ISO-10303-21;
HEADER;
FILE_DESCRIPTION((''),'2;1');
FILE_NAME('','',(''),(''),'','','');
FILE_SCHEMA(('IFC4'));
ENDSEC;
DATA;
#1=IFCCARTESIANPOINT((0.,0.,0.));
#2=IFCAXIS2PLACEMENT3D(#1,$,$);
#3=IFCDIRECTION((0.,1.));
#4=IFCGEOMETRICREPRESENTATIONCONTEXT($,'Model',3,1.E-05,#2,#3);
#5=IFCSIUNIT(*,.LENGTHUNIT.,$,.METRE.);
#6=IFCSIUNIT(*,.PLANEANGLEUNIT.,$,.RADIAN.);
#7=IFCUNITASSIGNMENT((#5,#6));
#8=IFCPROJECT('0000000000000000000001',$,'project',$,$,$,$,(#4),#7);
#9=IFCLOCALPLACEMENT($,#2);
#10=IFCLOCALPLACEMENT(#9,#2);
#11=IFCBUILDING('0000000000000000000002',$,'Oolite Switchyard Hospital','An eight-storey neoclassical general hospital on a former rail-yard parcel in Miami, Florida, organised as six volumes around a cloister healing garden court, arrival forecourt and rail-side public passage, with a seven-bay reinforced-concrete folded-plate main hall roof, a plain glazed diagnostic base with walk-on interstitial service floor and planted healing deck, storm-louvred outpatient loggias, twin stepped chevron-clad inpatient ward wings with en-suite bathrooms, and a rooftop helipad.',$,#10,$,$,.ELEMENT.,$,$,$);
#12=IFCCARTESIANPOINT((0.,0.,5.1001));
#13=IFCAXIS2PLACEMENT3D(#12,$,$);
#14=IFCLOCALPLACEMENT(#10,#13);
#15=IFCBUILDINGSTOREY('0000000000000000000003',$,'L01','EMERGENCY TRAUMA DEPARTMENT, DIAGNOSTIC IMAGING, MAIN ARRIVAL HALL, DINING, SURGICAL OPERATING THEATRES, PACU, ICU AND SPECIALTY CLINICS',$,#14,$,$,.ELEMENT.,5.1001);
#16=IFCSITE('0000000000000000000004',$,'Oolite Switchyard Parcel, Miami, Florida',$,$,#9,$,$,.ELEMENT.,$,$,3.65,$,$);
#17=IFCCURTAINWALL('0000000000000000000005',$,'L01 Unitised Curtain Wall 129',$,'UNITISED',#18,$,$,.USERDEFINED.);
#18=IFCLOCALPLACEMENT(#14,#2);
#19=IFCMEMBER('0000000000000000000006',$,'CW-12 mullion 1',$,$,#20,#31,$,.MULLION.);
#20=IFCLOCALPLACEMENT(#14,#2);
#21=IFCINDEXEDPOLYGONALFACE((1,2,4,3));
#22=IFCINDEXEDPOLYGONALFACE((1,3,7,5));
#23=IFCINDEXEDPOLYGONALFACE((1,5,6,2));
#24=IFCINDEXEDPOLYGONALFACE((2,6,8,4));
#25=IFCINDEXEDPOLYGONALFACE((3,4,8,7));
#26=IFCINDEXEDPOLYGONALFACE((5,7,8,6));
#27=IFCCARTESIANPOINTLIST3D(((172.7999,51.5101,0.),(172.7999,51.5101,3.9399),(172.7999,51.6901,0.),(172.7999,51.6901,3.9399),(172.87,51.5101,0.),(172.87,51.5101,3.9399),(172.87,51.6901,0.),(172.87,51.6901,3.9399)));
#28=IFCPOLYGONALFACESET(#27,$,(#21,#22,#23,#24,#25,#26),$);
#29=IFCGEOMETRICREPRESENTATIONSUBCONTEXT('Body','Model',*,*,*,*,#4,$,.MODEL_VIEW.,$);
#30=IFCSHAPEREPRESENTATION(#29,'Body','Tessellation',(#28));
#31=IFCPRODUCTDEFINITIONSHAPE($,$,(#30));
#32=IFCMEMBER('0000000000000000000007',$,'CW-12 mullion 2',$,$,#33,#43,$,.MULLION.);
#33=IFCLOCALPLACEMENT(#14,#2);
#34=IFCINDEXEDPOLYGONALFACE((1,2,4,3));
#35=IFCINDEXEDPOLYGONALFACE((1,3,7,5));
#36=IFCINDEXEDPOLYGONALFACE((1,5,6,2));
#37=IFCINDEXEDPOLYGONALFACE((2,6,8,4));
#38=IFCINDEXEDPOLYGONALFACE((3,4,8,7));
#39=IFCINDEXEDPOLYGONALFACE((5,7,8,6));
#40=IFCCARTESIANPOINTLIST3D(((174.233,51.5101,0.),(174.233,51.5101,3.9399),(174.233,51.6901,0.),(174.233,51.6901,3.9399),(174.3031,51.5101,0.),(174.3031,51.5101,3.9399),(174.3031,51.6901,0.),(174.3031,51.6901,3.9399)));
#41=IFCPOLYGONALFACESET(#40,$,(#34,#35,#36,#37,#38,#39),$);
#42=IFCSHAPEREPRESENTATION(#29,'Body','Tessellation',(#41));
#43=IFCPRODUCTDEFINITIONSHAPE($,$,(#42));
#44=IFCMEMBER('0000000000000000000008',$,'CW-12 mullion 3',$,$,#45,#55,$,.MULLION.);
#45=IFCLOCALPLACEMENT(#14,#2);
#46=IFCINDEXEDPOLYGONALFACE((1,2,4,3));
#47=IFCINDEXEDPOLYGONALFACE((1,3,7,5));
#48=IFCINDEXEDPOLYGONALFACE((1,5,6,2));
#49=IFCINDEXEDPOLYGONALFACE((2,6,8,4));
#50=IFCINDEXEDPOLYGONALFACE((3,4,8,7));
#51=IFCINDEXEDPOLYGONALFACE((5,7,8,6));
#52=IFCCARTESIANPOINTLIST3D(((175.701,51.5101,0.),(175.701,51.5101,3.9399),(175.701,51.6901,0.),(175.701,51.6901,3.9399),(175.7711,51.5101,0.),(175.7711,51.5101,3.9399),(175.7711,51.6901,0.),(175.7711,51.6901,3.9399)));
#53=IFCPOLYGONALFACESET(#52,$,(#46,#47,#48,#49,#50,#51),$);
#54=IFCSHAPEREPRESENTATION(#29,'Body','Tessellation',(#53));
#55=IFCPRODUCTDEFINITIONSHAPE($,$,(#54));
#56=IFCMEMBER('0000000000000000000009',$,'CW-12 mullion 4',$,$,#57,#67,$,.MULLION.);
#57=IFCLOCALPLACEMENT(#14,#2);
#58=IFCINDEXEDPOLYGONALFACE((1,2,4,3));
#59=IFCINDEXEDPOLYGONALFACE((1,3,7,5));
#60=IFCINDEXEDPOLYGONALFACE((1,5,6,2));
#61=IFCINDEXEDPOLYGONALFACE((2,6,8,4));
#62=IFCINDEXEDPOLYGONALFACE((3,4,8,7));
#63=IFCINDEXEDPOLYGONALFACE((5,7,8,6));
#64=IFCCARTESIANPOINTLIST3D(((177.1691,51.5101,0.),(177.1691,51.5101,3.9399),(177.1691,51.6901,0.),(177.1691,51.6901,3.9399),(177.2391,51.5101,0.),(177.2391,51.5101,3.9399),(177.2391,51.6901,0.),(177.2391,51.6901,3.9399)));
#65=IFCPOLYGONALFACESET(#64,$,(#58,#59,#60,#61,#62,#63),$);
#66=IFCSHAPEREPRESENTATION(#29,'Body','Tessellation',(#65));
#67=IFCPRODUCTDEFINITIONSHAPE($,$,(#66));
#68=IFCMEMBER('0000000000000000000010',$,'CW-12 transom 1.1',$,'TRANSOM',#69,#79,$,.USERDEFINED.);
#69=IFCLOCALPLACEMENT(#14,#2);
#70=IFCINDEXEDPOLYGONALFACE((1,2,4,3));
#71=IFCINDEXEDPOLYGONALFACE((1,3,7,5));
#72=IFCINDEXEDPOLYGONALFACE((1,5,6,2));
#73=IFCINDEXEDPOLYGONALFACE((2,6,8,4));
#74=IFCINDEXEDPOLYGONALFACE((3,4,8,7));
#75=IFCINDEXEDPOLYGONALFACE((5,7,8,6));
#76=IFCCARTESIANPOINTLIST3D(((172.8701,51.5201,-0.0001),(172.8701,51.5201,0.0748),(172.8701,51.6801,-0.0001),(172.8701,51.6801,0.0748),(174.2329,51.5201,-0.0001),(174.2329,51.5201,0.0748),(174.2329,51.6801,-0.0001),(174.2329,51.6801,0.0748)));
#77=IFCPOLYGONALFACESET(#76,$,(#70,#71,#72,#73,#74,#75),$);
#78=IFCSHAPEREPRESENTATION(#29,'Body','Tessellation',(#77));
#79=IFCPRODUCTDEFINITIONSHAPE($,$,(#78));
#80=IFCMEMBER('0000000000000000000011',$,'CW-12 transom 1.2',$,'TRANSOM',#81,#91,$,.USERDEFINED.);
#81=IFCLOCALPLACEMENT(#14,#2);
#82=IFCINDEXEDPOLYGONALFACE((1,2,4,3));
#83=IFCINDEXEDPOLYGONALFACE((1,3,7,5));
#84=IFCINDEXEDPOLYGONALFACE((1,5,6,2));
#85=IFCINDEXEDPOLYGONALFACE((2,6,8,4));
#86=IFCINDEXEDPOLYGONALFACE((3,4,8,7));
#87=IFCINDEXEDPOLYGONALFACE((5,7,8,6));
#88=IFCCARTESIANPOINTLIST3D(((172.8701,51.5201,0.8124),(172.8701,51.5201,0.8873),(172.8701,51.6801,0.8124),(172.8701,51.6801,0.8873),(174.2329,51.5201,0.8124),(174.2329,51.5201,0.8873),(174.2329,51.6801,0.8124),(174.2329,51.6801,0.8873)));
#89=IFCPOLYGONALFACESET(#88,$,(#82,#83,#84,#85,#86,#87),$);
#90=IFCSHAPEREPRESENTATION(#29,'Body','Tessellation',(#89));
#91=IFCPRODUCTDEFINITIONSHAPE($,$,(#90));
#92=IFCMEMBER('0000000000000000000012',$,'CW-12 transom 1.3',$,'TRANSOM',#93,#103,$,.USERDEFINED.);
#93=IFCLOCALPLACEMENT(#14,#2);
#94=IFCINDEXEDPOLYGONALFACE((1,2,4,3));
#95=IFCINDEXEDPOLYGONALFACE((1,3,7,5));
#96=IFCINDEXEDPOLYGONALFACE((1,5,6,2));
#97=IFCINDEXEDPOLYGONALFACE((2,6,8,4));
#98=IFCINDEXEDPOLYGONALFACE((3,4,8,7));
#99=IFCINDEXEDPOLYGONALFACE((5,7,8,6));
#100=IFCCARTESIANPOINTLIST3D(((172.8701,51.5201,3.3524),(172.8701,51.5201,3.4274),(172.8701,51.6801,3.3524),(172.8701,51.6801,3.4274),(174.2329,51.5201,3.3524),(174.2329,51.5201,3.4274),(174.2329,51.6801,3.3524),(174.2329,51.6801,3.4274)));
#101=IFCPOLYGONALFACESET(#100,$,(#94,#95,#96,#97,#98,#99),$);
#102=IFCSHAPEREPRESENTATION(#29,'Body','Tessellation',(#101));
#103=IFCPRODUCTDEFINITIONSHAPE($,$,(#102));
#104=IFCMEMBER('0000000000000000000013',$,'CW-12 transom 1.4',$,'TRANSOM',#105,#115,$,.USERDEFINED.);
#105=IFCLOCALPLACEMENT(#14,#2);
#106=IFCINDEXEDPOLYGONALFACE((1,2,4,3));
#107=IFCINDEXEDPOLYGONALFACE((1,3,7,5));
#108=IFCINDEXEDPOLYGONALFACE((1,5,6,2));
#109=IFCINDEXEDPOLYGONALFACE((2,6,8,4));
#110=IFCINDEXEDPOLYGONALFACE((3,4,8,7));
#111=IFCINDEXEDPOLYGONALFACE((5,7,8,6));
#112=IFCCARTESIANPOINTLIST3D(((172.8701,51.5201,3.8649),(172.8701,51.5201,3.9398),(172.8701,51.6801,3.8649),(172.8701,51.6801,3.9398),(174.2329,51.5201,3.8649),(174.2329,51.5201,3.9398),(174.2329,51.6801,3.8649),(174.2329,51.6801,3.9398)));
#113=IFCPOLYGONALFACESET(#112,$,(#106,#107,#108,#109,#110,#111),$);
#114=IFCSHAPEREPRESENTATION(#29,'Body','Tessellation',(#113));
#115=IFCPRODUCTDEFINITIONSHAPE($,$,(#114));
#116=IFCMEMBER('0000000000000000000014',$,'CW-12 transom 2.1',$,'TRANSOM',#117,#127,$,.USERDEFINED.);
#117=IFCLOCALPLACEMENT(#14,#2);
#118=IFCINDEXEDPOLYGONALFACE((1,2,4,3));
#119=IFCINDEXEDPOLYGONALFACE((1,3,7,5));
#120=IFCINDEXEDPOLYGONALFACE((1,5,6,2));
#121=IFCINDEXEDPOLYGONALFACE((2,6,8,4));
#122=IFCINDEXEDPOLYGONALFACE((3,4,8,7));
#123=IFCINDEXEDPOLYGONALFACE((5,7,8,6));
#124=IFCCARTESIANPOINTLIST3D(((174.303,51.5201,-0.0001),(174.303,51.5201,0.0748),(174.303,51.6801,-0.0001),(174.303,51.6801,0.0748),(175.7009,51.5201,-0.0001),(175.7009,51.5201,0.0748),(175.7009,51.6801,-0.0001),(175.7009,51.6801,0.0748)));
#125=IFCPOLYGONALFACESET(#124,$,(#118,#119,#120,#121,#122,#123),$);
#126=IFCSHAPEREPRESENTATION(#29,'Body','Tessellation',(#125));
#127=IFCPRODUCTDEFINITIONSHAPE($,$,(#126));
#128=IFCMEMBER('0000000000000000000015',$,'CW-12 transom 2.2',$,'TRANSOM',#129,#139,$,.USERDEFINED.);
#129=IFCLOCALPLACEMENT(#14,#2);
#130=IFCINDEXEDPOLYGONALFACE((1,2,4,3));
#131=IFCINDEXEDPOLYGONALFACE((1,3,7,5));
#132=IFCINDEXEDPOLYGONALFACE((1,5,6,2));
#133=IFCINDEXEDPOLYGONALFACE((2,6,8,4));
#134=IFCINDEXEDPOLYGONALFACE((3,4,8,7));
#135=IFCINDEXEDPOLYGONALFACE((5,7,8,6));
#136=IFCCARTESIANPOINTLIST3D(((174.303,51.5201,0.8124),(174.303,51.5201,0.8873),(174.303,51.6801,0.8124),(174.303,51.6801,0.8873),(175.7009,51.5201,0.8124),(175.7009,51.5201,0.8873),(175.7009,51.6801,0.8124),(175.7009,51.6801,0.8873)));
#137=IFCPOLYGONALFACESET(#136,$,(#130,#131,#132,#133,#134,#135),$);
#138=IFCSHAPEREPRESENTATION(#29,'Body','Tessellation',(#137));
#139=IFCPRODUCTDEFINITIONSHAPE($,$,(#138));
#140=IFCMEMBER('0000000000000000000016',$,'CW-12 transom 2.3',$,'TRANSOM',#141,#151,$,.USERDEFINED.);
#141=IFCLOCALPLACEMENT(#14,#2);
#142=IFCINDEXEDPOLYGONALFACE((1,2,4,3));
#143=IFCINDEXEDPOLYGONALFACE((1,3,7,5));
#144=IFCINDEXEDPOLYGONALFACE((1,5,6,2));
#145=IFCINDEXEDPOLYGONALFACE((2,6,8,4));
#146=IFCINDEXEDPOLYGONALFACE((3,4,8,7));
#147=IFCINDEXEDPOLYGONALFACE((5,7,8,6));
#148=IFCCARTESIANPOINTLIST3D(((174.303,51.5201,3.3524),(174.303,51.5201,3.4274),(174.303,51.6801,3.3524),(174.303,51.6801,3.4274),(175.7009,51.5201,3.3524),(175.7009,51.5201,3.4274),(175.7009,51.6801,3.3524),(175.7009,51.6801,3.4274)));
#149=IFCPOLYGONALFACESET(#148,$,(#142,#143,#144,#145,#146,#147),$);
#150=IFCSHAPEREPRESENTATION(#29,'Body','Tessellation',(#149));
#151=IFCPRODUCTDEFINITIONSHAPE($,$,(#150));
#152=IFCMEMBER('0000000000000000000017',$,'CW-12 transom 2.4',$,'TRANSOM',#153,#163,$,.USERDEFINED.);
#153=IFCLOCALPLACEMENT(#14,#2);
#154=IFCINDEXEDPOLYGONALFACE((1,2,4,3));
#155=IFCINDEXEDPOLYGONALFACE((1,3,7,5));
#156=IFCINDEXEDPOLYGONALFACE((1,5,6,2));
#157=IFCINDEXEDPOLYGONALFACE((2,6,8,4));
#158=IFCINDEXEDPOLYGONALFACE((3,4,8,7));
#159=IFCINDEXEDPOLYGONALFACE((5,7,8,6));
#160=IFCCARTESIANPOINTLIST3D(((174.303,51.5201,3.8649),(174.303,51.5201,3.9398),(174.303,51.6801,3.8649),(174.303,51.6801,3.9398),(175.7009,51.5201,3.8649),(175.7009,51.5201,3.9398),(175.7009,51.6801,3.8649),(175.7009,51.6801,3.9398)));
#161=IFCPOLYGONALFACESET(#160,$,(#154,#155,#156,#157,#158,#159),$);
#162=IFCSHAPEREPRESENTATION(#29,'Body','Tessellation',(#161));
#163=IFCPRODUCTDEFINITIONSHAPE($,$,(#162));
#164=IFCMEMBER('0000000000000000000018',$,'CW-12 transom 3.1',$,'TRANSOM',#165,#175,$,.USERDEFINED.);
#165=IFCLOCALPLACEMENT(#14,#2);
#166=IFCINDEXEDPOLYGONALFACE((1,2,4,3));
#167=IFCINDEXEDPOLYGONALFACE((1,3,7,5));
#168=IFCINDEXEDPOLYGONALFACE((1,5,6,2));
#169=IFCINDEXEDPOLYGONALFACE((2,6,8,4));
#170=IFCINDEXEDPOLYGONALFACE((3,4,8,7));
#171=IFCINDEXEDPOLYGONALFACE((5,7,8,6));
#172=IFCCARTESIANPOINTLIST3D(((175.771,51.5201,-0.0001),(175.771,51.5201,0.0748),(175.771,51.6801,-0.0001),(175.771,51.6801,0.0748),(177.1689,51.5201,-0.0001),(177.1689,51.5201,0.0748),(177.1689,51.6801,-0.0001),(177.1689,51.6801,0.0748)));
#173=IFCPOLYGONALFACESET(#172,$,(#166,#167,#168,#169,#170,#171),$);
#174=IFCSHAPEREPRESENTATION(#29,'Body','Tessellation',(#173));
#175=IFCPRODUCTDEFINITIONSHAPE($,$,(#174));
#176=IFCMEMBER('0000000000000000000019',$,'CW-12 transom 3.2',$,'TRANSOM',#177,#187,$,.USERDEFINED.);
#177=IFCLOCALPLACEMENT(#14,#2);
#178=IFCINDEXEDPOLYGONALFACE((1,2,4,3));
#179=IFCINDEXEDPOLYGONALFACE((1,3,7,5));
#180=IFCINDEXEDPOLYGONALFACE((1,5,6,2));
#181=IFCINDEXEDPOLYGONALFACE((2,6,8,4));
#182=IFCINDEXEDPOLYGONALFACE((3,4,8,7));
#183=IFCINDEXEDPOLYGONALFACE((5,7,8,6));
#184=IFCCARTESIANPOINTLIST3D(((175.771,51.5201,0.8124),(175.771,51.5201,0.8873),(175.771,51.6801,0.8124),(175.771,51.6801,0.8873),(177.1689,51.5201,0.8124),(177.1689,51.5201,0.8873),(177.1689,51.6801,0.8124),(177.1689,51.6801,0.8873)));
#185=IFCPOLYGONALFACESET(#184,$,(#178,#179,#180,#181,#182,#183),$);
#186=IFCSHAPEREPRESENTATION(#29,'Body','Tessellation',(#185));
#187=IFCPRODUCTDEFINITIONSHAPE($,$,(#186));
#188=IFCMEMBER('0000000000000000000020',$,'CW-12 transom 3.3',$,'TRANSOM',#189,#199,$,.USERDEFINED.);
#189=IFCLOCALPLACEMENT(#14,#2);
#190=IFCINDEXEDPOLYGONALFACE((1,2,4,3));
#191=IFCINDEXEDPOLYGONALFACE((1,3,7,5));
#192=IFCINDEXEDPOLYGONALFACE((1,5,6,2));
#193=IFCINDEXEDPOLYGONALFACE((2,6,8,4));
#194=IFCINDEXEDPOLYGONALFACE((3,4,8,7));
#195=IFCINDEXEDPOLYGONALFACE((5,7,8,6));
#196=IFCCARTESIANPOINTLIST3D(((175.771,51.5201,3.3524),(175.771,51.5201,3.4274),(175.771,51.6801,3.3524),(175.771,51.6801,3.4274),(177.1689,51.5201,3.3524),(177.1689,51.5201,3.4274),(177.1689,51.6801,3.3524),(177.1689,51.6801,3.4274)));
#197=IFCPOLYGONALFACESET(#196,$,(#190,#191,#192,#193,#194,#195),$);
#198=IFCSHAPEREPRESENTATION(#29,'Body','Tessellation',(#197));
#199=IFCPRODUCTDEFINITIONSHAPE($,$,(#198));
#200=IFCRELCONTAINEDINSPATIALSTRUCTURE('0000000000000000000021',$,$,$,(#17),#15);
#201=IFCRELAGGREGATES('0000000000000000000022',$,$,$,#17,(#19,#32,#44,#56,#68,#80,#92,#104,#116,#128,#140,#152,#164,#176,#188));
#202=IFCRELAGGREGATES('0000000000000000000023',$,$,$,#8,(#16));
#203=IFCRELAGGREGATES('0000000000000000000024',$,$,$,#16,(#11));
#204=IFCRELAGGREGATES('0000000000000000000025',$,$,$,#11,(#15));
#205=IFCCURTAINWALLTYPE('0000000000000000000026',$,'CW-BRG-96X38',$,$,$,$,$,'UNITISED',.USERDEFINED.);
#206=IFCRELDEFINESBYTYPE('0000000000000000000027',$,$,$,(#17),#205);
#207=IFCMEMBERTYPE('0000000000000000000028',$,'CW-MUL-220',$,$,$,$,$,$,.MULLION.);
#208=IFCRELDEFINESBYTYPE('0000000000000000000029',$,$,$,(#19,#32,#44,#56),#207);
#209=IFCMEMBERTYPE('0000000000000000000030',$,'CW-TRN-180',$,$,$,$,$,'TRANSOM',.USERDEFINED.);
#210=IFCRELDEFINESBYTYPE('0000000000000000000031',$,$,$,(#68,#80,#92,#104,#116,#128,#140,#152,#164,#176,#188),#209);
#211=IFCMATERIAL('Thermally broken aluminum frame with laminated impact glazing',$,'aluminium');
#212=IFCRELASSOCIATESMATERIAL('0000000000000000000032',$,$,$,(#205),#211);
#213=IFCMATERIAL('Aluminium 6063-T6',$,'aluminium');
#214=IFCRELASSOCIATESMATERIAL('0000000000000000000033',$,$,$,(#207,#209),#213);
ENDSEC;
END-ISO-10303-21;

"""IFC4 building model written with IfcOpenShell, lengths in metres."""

from ifc_helpers import new_model, si_unit, direction, frame, origin, origin_2d, place, context, subcontext, project, spatial, rectangle, extrude, material, material_profile, profile_set, type_object, element, aggregate, save


model = new_model("IFC4")

# Units and contexts
model_context = context("Model", 3, precision=1e-05, world=origin(), true_north=direction((0.0, 1.0)))
body_context = subcontext(model_context, "Body", "Model", "MODEL_VIEW")
ifc_project = project(units=[si_unit("LENGTHUNIT", "METRE"), si_unit("PLANEANGLEUNIT", "RADIAN")], contexts=[model_context])

# Site, building, storey
site_placement = place(None, origin())
site = spatial("IfcSite", under=ifc_project, at=site_placement, Name="Oolite Switchyard Parcel, Miami, Florida", CompositionType="ELEMENT", RefElevation=3.65)
building_placement = place(site_placement, origin())
building = spatial("IfcBuilding", under=site, at=building_placement, Name="Oolite Switchyard Hospital", Description="An eight-storey neoclassical general hospital on a former rail-yard parcel in Miami, Florida, organised as six volumes around a cloister healing garden court, arrival forecourt and rail-side public passage, with a seven-bay reinforced-concrete folded-plate main hall roof, a plain glazed diagnostic base with walk-on interstitial service floor and planted healing deck, storm-louvred outpatient loggias, twin stepped chevron-clad inpatient ward wings with en-suite bathrooms, and a rooftop helipad.", CompositionType="ELEMENT")
storey_placement = place(building_placement, frame((0.0, 0.0, 5.1001)))
storey = spatial("IfcBuildingStorey", under=building, at=storey_placement, Name="L01", Description="EMERGENCY TRAUMA DEPARTMENT, DIAGNOSTIC IMAGING, MAIN ARRIVAL HALL, DINING, SURGICAL OPERATING THEATRES, PACU, ICU AND SPECIALTY CLINICS", CompositionType="ELEMENT", Elevation=5.1001)

# Curtain wall, members
ifc_material_1 = material(Name="Thermally broken aluminum frame with laminated impact glazing", Category="aluminium")
curtain_wall_type = type_object("IfcCurtainWallType", Name="CW-BRG-96X38", ElementType="UNITISED", PredefinedType="USERDEFINED", material=ifc_material_1)
curtain_wall_placement = place(storey_placement, origin())
curtain_wall = element("IfcCurtainWall", 1, at=curtain_wall_placement, inside=storey, type_object=curtain_wall_type, Name="L01 Unitised Curtain Wall 129", ObjectType="UNITISED", PredefinedType="USERDEFINED")
ifc_material_2 = material(Name="Aluminium 6063-T6", Category="aluminium")
ifc_material_profile_1 = material_profile(ifc_material_2, rectangle(XDim=0.1799, YDim=0.0701, at=origin_2d()), Name="CWM70X180")
ifc_profile_set_1 = profile_set([ifc_material_profile_1], Name="Aluminium 6063-T6")
member_type_1 = type_object("IfcMemberType", Name="CW-MUL-220", PredefinedType="MULLION", material=ifc_profile_set_1)
member_1_placement = place(storey_placement, frame((172.835, 51.6001, 0.0), z_axis=(0.0, 0.0, 1.0), x_axis=(0.0, 1.0, 0.0)))
member_1 = element("IfcMember", 2, at=member_1_placement, type_object=member_type_1, Name="CW-12 mullion 1", PredefinedType="MULLION", context=body_context, shape_type="SweptSolid", body=[
    extrude(rectangle(XDim=0.1799, YDim=0.0701, at=origin_2d()), origin(), (0.0, 0.0, 1.0), 3.9399),
])
member_2_placement = place(storey_placement, frame((174.2681, 51.6001, 0.0), z_axis=(0.0, 0.0, 1.0), x_axis=(0.0, 1.0, 0.0)))
member_2 = element("IfcMember", 3, at=member_2_placement, type_object=member_type_1, Name="CW-12 mullion 2", PredefinedType="MULLION", context=body_context, shape_type="SweptSolid", body=[
    extrude(rectangle(XDim=0.1799, YDim=0.0701, at=origin_2d()), origin(), (0.0, 0.0, 1.0), 3.9399),
])
member_3_placement = place(storey_placement, frame((175.7361, 51.6001, 0.0), z_axis=(0.0, 0.0, 1.0), x_axis=(0.0, 1.0, 0.0)))
member_3 = element("IfcMember", 4, at=member_3_placement, type_object=member_type_1, Name="CW-12 mullion 3", PredefinedType="MULLION", context=body_context, shape_type="SweptSolid", body=[
    extrude(rectangle(XDim=0.1799, YDim=0.0701, at=origin_2d()), origin(), (0.0, 0.0, 1.0), 3.9399),
])
member_4_placement = place(storey_placement, frame((177.2041, 51.6001, 0.0), z_axis=(0.0, 0.0, 1.0), x_axis=(0.0, 1.0, 0.0)))
member_4 = element("IfcMember", 5, at=member_4_placement, type_object=member_type_1, Name="CW-12 mullion 4", PredefinedType="MULLION", context=body_context, shape_type="SweptSolid", body=[
    extrude(rectangle(XDim=0.1799, YDim=0.0701, at=origin_2d()), origin(), (0.0, 0.0, 1.0), 3.9399),
])
ifc_material_profile_2 = material_profile(ifc_material_2, rectangle(XDim=0.1599, YDim=0.075, at=origin_2d()), Name="CWT75X160")
ifc_profile_set_2 = profile_set([ifc_material_profile_2], Name="Aluminium 6063-T6")
member_type_2 = type_object("IfcMemberType", Name="CW-TRN-180", ElementType="TRANSOM", PredefinedType="USERDEFINED", material=ifc_profile_set_2)
member_5_placement = place(storey_placement, frame((172.8701, 51.6001, 0.0374), z_axis=(1.0, 0.0, 0.0), x_axis=(0.0, 1.0, 0.0)))
member_5 = element("IfcMember", 6, at=member_5_placement, type_object=member_type_2, Name="CW-12 transom 1.1", ObjectType="TRANSOM", PredefinedType="USERDEFINED", context=body_context, shape_type="SweptSolid", body=[
    extrude(rectangle(XDim=0.1599, YDim=0.075, at=origin_2d()), origin(), (0.0, 0.0, 1.0), 1.3628),
])
member_6_placement = place(storey_placement, frame((172.8701, 51.6001, 0.8499), z_axis=(1.0, 0.0, 0.0), x_axis=(0.0, 1.0, 0.0)))
member_6 = element("IfcMember", 7, at=member_6_placement, type_object=member_type_2, Name="CW-12 transom 1.2", ObjectType="TRANSOM", PredefinedType="USERDEFINED", context=body_context, shape_type="SweptSolid", body=[
    extrude(rectangle(XDim=0.1599, YDim=0.075, at=origin_2d()), origin(), (0.0, 0.0, 1.0), 1.3628),
])
member_7_placement = place(storey_placement, frame((172.8701, 51.6001, 3.3899), z_axis=(1.0, 0.0, 0.0), x_axis=(0.0, 1.0, 0.0)))
member_7 = element("IfcMember", 8, at=member_7_placement, type_object=member_type_2, Name="CW-12 transom 1.3", ObjectType="TRANSOM", PredefinedType="USERDEFINED", context=body_context, shape_type="SweptSolid", body=[
    extrude(rectangle(XDim=0.1599, YDim=0.075, at=origin_2d()), origin(), (0.0, 0.0, 1.0), 1.3628),
])
member_8_placement = place(storey_placement, frame((172.8701, 51.6001, 3.9023), z_axis=(1.0, 0.0, 0.0), x_axis=(0.0, 1.0, 0.0)))
member_8 = element("IfcMember", 9, at=member_8_placement, type_object=member_type_2, Name="CW-12 transom 1.4", ObjectType="TRANSOM", PredefinedType="USERDEFINED", context=body_context, shape_type="SweptSolid", body=[
    extrude(rectangle(XDim=0.1599, YDim=0.075, at=origin_2d()), origin(), (0.0, 0.0, 1.0), 1.3628),
])
member_9_placement = place(storey_placement, frame((174.303, 51.6001, 0.0374), z_axis=(1.0, 0.0, 0.0), x_axis=(0.0, 1.0, 0.0)))
member_9 = element("IfcMember", 10, at=member_9_placement, type_object=member_type_2, Name="CW-12 transom 2.1", ObjectType="TRANSOM", PredefinedType="USERDEFINED", context=body_context, shape_type="SweptSolid", body=[
    extrude(rectangle(XDim=0.1599, YDim=0.075, at=origin_2d()), origin(), (0.0, 0.0, 1.0), 1.3979),
])
member_10_placement = place(storey_placement, frame((174.303, 51.6001, 0.8499), z_axis=(1.0, 0.0, 0.0), x_axis=(0.0, 1.0, 0.0)))
member_10 = element("IfcMember", 11, at=member_10_placement, type_object=member_type_2, Name="CW-12 transom 2.2", ObjectType="TRANSOM", PredefinedType="USERDEFINED", context=body_context, shape_type="SweptSolid", body=[
    extrude(rectangle(XDim=0.1599, YDim=0.075, at=origin_2d()), origin(), (0.0, 0.0, 1.0), 1.3979),
])
member_11_placement = place(storey_placement, frame((174.303, 51.6001, 3.3899), z_axis=(1.0, 0.0, 0.0), x_axis=(0.0, 1.0, 0.0)))
member_11 = element("IfcMember", 12, at=member_11_placement, type_object=member_type_2, Name="CW-12 transom 2.3", ObjectType="TRANSOM", PredefinedType="USERDEFINED", context=body_context, shape_type="SweptSolid", body=[
    extrude(rectangle(XDim=0.1599, YDim=0.075, at=origin_2d()), origin(), (0.0, 0.0, 1.0), 1.3979),
])
member_12_placement = place(storey_placement, frame((174.303, 51.6001, 3.9023), z_axis=(1.0, 0.0, 0.0), x_axis=(0.0, 1.0, 0.0)))
member_12 = element("IfcMember", 13, at=member_12_placement, type_object=member_type_2, Name="CW-12 transom 2.4", ObjectType="TRANSOM", PredefinedType="USERDEFINED", context=body_context, shape_type="SweptSolid", body=[
    extrude(rectangle(XDim=0.1599, YDim=0.075, at=origin_2d()), origin(), (0.0, 0.0, 1.0), 1.3979),
])
member_13_placement = place(storey_placement, frame((175.771, 51.6001, 0.0374), z_axis=(1.0, 0.0, 0.0), x_axis=(0.0, 1.0, 0.0)))
member_13 = element("IfcMember", 14, at=member_13_placement, type_object=member_type_2, Name="CW-12 transom 3.1", ObjectType="TRANSOM", PredefinedType="USERDEFINED", context=body_context, shape_type="SweptSolid", body=[
    extrude(rectangle(XDim=0.1599, YDim=0.075, at=origin_2d()), origin(), (0.0, 0.0, 1.0), 1.3979),
])
member_14_placement = place(storey_placement, frame((175.771, 51.6001, 0.8499), z_axis=(1.0, 0.0, 0.0), x_axis=(0.0, 1.0, 0.0)))
member_14 = element("IfcMember", 15, at=member_14_placement, type_object=member_type_2, Name="CW-12 transom 3.2", ObjectType="TRANSOM", PredefinedType="USERDEFINED", context=body_context, shape_type="SweptSolid", body=[
    extrude(rectangle(XDim=0.1599, YDim=0.075, at=origin_2d()), origin(), (0.0, 0.0, 1.0), 1.3979),
])
member_15_placement = place(storey_placement, frame((175.771, 51.6001, 3.3899), z_axis=(1.0, 0.0, 0.0), x_axis=(0.0, 1.0, 0.0)))
member_15 = element("IfcMember", 16, at=member_15_placement, type_object=member_type_2, Name="CW-12 transom 3.3", ObjectType="TRANSOM", PredefinedType="USERDEFINED", context=body_context, shape_type="SweptSolid", body=[
    extrude(rectangle(XDim=0.1599, YDim=0.075, at=origin_2d()), origin(), (0.0, 0.0, 1.0), 1.3979),
])
aggregate(curtain_wall, [member_1, member_2, member_3, member_4, member_5, member_6, member_7, member_8, member_9, member_10, member_11, member_12, member_13, member_14, member_15])

save(model, "model.ifc")
